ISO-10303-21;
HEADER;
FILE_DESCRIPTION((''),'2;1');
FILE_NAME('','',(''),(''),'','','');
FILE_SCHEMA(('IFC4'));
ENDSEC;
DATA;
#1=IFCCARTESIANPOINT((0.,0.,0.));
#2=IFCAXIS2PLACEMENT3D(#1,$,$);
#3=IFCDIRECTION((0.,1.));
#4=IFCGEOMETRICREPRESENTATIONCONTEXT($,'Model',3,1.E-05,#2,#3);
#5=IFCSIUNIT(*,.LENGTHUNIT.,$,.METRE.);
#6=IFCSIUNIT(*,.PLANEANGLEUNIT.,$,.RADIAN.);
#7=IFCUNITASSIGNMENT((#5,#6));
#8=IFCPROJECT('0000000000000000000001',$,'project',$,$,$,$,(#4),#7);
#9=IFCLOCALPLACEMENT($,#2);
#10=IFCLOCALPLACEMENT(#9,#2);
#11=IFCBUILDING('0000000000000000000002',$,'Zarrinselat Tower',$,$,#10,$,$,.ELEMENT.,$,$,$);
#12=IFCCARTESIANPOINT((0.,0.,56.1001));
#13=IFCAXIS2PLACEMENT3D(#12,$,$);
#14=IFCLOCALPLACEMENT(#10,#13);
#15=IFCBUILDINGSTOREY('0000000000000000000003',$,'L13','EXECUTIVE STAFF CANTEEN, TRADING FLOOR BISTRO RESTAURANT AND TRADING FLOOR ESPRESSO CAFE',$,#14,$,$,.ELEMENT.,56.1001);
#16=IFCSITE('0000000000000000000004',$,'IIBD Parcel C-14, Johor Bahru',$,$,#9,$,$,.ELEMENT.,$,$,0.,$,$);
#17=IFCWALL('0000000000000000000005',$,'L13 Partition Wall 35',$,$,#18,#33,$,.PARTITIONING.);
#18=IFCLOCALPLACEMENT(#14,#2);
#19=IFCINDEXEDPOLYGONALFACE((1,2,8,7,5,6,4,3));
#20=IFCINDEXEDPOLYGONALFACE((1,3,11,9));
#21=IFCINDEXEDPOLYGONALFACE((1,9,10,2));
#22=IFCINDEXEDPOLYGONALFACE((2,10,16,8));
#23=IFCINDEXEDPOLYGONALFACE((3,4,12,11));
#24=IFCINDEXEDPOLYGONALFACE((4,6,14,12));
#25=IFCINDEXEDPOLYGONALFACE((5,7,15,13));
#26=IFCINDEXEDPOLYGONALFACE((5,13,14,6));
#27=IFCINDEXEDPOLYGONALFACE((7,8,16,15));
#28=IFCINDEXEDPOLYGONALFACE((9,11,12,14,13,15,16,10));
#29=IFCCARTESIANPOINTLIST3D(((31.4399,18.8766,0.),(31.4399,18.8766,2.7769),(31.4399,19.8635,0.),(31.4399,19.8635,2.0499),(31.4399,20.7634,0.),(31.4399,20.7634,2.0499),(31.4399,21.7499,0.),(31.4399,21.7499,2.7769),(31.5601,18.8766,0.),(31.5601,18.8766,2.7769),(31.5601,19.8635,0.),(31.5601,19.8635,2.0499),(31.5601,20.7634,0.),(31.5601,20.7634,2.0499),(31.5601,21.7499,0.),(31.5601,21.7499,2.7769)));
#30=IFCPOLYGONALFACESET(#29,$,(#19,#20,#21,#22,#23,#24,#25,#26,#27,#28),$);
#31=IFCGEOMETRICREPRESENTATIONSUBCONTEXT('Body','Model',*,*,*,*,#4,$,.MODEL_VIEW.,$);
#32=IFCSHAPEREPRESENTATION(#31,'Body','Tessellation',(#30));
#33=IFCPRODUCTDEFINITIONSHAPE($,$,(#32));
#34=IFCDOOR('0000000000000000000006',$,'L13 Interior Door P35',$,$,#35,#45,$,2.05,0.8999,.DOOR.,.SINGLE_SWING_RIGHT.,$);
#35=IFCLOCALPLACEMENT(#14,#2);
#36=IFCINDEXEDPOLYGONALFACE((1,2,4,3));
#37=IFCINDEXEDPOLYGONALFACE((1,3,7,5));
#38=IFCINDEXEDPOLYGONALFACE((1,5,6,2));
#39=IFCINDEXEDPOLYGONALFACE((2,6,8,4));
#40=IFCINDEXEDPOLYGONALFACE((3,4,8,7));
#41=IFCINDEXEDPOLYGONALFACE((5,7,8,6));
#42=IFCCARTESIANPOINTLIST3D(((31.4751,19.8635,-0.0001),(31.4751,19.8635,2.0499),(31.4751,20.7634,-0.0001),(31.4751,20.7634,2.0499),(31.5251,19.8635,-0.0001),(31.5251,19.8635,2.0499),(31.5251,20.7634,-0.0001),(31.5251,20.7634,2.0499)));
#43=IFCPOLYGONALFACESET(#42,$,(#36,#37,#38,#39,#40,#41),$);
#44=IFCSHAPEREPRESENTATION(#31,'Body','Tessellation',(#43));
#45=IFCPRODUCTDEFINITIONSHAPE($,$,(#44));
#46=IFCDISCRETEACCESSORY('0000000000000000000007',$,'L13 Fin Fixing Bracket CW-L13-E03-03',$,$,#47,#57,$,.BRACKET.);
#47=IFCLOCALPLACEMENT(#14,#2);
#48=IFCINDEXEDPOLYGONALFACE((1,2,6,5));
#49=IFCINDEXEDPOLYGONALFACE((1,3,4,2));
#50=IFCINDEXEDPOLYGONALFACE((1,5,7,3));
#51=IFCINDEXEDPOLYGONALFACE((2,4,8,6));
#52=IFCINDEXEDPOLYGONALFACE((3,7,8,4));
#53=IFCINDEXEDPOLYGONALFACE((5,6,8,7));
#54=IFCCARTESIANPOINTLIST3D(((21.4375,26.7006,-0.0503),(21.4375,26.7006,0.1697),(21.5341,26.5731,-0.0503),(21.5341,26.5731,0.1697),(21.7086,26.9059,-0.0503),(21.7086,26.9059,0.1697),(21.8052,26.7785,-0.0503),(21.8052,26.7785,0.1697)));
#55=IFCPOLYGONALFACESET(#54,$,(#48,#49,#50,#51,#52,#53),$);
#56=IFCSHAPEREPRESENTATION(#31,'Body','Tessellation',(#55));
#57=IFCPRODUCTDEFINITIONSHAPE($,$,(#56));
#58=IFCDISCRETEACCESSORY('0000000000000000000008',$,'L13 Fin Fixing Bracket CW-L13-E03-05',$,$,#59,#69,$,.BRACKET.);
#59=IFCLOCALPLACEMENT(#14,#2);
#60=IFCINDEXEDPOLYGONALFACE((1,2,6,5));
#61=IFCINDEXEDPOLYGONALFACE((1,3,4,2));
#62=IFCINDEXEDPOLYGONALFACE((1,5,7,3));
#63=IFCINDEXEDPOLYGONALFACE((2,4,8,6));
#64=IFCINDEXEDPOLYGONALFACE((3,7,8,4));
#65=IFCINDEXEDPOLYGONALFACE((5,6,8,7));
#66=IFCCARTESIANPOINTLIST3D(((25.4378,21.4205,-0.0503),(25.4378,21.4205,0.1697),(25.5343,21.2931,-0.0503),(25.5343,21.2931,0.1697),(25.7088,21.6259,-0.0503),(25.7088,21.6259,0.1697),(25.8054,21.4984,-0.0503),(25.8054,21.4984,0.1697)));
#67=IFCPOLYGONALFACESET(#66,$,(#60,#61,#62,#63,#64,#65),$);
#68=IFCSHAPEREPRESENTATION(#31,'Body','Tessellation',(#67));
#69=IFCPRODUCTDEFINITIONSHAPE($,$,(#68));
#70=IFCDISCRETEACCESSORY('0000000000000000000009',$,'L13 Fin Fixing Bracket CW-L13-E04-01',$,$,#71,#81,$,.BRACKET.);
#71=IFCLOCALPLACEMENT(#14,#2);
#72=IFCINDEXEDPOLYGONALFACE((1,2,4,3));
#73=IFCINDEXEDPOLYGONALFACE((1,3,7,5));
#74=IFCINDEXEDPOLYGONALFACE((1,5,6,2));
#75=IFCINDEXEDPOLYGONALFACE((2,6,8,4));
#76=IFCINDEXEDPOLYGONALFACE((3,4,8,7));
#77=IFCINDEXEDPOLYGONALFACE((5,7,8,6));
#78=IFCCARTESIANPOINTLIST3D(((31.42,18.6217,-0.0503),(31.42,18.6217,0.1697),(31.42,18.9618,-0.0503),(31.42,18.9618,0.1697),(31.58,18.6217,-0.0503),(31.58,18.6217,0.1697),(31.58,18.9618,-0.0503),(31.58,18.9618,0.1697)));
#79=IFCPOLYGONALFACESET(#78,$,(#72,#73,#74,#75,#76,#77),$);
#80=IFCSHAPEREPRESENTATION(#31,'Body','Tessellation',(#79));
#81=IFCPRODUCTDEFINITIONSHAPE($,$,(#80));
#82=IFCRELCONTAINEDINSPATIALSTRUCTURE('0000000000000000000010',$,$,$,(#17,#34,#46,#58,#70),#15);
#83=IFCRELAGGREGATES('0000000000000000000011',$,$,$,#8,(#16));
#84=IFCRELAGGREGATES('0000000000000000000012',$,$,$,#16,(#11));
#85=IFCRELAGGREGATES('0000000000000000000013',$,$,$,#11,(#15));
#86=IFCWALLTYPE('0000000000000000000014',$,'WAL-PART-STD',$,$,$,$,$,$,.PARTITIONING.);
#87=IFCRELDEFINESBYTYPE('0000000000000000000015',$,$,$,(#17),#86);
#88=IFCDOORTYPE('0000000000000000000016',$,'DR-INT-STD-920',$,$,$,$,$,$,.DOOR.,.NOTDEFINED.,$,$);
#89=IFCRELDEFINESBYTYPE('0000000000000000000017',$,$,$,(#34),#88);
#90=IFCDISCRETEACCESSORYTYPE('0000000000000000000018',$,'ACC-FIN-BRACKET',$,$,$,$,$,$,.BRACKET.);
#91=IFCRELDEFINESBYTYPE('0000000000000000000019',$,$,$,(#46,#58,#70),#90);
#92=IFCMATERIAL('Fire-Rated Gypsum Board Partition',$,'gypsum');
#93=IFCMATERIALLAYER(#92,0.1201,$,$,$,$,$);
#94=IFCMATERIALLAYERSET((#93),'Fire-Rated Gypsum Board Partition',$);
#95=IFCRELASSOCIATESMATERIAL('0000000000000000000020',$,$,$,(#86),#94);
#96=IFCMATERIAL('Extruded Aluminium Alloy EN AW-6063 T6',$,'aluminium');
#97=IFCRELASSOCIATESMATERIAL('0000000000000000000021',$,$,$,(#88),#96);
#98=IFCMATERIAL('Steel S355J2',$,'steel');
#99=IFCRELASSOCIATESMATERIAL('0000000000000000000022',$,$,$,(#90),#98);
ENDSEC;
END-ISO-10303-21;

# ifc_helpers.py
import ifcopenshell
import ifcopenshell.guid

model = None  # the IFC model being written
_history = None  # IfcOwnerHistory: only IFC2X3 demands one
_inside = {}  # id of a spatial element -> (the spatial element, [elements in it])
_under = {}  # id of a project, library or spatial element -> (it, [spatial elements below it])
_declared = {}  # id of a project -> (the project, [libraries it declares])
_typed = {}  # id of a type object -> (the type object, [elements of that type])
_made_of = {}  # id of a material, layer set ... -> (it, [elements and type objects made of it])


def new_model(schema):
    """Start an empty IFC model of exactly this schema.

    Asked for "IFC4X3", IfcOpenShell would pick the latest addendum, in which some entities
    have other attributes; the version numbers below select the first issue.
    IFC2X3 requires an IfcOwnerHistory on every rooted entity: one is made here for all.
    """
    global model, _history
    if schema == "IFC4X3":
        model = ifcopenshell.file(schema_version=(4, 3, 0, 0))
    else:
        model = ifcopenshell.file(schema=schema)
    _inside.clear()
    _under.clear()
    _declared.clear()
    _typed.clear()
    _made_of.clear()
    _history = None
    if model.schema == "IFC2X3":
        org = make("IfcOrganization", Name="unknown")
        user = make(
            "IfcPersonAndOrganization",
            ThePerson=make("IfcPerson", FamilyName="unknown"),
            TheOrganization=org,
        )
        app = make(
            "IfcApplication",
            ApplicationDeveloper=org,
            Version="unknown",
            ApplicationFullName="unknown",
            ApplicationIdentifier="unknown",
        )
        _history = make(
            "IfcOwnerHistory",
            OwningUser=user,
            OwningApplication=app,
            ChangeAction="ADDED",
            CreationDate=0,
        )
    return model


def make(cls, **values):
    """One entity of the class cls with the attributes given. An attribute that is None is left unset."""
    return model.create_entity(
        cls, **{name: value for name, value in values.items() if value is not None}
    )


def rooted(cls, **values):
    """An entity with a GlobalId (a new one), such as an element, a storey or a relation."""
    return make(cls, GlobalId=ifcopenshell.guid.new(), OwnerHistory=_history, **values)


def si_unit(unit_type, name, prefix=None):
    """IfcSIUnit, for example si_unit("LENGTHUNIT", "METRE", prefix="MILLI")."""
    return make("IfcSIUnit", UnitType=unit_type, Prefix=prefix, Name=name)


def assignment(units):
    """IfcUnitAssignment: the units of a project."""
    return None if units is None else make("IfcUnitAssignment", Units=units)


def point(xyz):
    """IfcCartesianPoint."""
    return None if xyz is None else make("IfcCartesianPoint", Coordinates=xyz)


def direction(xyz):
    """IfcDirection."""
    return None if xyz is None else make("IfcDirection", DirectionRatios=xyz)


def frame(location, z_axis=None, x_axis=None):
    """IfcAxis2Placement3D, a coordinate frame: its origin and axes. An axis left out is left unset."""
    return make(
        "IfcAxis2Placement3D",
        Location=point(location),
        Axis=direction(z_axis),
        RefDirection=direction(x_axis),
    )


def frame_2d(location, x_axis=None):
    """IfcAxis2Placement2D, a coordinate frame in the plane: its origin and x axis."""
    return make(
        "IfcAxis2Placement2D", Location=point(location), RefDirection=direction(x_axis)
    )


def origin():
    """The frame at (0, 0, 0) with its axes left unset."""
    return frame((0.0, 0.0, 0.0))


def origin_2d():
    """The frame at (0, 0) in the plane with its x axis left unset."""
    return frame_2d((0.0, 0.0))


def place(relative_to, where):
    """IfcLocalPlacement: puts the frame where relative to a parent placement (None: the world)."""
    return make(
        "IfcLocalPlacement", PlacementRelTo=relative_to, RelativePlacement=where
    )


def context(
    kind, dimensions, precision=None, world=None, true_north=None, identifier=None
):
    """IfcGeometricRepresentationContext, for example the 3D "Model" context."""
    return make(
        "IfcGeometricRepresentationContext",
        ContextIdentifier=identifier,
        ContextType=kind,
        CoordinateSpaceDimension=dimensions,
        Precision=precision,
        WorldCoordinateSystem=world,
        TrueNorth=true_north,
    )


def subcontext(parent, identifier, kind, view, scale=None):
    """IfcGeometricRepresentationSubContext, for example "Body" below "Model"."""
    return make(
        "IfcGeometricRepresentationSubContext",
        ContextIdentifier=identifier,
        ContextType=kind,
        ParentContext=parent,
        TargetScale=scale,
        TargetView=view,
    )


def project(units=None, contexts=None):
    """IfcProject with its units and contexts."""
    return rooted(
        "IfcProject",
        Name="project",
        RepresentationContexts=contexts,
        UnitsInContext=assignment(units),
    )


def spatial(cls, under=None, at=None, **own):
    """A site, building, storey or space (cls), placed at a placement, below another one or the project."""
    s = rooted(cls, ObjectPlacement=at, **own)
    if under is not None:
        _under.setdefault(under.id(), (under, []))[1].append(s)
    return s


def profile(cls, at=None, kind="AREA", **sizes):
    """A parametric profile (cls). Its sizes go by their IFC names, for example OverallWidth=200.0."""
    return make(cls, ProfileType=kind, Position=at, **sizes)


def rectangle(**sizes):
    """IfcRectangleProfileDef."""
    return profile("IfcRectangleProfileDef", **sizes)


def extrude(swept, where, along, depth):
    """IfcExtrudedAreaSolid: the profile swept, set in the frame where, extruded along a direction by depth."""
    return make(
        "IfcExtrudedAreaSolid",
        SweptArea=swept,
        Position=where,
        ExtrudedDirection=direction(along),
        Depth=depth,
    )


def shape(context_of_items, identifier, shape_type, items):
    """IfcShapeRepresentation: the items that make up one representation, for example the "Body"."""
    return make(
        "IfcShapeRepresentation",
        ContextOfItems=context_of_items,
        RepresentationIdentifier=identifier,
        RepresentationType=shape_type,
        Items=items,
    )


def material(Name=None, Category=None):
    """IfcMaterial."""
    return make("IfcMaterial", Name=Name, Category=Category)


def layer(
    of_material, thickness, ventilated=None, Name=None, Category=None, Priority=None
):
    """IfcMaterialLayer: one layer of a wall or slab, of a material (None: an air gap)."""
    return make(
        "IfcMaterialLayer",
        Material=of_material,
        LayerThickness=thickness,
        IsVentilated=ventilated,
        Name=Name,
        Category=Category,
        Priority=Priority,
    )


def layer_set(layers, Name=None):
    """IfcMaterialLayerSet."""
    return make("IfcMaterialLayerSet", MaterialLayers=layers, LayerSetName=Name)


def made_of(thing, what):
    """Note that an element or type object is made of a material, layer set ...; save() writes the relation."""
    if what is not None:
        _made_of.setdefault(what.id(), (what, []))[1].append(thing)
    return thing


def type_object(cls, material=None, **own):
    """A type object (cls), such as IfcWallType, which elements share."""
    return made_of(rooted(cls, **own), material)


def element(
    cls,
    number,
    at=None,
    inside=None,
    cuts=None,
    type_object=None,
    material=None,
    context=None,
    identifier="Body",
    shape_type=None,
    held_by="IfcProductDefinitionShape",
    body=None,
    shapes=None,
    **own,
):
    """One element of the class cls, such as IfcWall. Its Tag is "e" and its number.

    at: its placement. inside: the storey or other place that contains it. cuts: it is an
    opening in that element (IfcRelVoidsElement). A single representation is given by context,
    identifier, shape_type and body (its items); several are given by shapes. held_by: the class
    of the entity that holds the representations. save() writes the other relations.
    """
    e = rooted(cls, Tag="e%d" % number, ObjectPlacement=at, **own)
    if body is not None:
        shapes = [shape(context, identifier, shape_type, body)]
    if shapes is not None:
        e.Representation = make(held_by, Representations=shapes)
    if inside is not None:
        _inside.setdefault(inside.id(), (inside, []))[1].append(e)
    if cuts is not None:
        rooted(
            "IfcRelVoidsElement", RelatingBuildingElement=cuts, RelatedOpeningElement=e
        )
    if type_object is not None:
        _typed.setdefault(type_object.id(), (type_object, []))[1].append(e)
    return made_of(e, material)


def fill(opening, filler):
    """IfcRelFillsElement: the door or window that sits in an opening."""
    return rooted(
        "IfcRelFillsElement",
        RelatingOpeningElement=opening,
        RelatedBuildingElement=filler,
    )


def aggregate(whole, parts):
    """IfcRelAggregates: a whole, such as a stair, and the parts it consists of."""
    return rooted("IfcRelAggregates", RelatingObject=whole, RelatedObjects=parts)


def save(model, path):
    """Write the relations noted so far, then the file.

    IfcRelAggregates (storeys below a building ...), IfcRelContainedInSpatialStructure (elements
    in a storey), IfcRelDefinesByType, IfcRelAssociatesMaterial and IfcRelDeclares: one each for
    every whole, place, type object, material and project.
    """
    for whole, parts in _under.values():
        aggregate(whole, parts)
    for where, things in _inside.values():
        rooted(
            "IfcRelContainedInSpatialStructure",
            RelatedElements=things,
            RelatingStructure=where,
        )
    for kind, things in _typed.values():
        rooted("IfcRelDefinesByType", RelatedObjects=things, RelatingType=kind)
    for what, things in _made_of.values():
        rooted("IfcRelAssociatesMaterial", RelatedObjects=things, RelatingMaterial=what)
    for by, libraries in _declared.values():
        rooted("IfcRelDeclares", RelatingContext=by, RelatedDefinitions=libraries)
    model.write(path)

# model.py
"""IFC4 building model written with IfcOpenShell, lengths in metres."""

from ifc_helpers import new_model, si_unit, direction, frame, frame_2d, origin, origin_2d, place, context, subcontext, project, spatial, rectangle, extrude, material, layer, layer_set, type_object, element, fill, save


model = new_model("IFC4")

# Units and contexts
model_context = context("Model", 3, precision=1e-05, world=origin(), true_north=direction((0.0, 1.0)))
body_context = subcontext(model_context, "Body", "Model", "MODEL_VIEW")
ifc_project = project(units=[si_unit("LENGTHUNIT", "METRE"), si_unit("PLANEANGLEUNIT", "RADIAN")], contexts=[model_context])

# Site, building, storey
site_placement = place(None, origin())
site = spatial("IfcSite", under=ifc_project, at=site_placement, Name="IIBD Parcel C-14, Johor Bahru", CompositionType="ELEMENT", RefElevation=0.0)
building_placement = place(site_placement, origin())
building = spatial("IfcBuilding", under=site, at=building_placement, Name="Zarrinselat Tower", CompositionType="ELEMENT")
storey_placement = place(building_placement, frame((0.0, 0.0, 56.1001)))
storey = spatial("IfcBuildingStorey", under=building, at=storey_placement, Name="L13", Description="EXECUTIVE STAFF CANTEEN, TRADING FLOOR BISTRO RESTAURANT AND TRADING FLOOR ESPRESSO CAFE", CompositionType="ELEMENT", Elevation=56.1001)

# Wall, opening, door
ifc_material_1 = material(Name="Fire-Rated Gypsum Board Partition", Category="gypsum")
ifc_layer_1 = layer(ifc_material_1, 0.1201)
ifc_layer_set_1 = layer_set([ifc_layer_1], Name="Fire-Rated Gypsum Board Partition")
wall_type = type_object("IfcWallType", Name="WAL-PART-STD", PredefinedType="PARTITIONING", material=ifc_layer_set_1)
wall_placement = place(storey_placement, frame((31.5, 18.8767, 0.0), z_axis=(0.0, 0.0, 1.0), x_axis=(0.0, 1.0, 0.0)))
wall = element("IfcWall", 1, at=wall_placement, inside=storey, type_object=wall_type, Name="L13 Partition Wall 35", PredefinedType="PARTITIONING", context=body_context, shape_type="SweptSolid", body=[
    extrude(rectangle(XDim=2.8733, YDim=0.1201, at=frame_2d((1.4365, 0.0))), origin(), (0.0, 0.0, 1.0), 2.7769),
])
opening_placement = place(wall_placement, frame((0.9868, 0.0, 0.0)))
opening = element("IfcOpeningElement", 2, at=opening_placement, cuts=wall, PredefinedType="OPENING", context=body_context, shape_type="SweptSolid", body=[
    extrude(rectangle(XDim=0.8999, YDim=2.05, at=frame_2d((0.45, 1.0249))), frame((0.0, 0.0701, 0.0), z_axis=(0.0, -1.0, 0.0), x_axis=(1.0, 0.0, 0.0)), (0.0, 0.0, 1.0), 0.1401),
])
ifc_material_2 = material(Name="Extruded Aluminium Alloy EN AW-6063 T6", Category="aluminium")
door_type = type_object("IfcDoorType", Name="DR-INT-STD-920", OperationType="NOTDEFINED", PredefinedType="DOOR", material=ifc_material_2)
door_placement = place(opening_placement, origin())
door = element("IfcDoor", 3, at=door_placement, inside=storey, type_object=door_type, Name="L13 Interior Door P35", OperationType="SINGLE_SWING_RIGHT", OverallHeight=2.05, OverallWidth=0.8999, PredefinedType="DOOR", context=body_context, shape_type="SweptSolid", body=[
    extrude(rectangle(XDim=0.8999, YDim=2.05, at=frame_2d((0.45, 1.0249))), frame((0.0, 0.0249, 0.0), z_axis=(0.0, -1.0, 0.0), x_axis=(1.0, 0.0, 0.0)), (0.0, 0.0, 1.0), 0.05),
])
fill(opening, door)

# Discrete accessories
ifc_material_3 = material(Name="Steel S355J2", Category="steel")
discrete_accessory_type = type_object("IfcDiscreteAccessoryType", Name="ACC-FIN-BRACKET", PredefinedType="BRACKET", material=ifc_material_3)
for number, where, z_axis, x_axis, name in (
    (4, (21.6213, 26.7395, -0.0503), (0.0, 0.0, 1.0), (-0.797089, -0.603862, 0.0), "L13 Fin Fixing Bracket CW-L13-E03-03"),
    (5, (25.6216, 21.4595, -0.0503), (0.0, 0.0, 1.0), (-0.797089, -0.603862, 0.0), "L13 Fin Fixing Bracket CW-L13-E03-05"),
    (6, (31.5, 18.7917, -0.0503), (0.0, 0.0, 1.0), (0.0, -1.0, 0.0), "L13 Fin Fixing Bracket CW-L13-E04-01"),
):
    element("IfcDiscreteAccessory", number, at=place(storey_placement, frame(where, z_axis=z_axis, x_axis=x_axis)), inside=storey, type_object=discrete_accessory_type, Name=name, PredefinedType="BRACKET", context=body_context, shape_type="SweptSolid", body=[
        extrude(rectangle(XDim=0.3401, YDim=0.1599, at=origin_2d()), origin(), (0.0, 0.0, 1.0), 0.22),
    ])

save(model, "model.ifc")
